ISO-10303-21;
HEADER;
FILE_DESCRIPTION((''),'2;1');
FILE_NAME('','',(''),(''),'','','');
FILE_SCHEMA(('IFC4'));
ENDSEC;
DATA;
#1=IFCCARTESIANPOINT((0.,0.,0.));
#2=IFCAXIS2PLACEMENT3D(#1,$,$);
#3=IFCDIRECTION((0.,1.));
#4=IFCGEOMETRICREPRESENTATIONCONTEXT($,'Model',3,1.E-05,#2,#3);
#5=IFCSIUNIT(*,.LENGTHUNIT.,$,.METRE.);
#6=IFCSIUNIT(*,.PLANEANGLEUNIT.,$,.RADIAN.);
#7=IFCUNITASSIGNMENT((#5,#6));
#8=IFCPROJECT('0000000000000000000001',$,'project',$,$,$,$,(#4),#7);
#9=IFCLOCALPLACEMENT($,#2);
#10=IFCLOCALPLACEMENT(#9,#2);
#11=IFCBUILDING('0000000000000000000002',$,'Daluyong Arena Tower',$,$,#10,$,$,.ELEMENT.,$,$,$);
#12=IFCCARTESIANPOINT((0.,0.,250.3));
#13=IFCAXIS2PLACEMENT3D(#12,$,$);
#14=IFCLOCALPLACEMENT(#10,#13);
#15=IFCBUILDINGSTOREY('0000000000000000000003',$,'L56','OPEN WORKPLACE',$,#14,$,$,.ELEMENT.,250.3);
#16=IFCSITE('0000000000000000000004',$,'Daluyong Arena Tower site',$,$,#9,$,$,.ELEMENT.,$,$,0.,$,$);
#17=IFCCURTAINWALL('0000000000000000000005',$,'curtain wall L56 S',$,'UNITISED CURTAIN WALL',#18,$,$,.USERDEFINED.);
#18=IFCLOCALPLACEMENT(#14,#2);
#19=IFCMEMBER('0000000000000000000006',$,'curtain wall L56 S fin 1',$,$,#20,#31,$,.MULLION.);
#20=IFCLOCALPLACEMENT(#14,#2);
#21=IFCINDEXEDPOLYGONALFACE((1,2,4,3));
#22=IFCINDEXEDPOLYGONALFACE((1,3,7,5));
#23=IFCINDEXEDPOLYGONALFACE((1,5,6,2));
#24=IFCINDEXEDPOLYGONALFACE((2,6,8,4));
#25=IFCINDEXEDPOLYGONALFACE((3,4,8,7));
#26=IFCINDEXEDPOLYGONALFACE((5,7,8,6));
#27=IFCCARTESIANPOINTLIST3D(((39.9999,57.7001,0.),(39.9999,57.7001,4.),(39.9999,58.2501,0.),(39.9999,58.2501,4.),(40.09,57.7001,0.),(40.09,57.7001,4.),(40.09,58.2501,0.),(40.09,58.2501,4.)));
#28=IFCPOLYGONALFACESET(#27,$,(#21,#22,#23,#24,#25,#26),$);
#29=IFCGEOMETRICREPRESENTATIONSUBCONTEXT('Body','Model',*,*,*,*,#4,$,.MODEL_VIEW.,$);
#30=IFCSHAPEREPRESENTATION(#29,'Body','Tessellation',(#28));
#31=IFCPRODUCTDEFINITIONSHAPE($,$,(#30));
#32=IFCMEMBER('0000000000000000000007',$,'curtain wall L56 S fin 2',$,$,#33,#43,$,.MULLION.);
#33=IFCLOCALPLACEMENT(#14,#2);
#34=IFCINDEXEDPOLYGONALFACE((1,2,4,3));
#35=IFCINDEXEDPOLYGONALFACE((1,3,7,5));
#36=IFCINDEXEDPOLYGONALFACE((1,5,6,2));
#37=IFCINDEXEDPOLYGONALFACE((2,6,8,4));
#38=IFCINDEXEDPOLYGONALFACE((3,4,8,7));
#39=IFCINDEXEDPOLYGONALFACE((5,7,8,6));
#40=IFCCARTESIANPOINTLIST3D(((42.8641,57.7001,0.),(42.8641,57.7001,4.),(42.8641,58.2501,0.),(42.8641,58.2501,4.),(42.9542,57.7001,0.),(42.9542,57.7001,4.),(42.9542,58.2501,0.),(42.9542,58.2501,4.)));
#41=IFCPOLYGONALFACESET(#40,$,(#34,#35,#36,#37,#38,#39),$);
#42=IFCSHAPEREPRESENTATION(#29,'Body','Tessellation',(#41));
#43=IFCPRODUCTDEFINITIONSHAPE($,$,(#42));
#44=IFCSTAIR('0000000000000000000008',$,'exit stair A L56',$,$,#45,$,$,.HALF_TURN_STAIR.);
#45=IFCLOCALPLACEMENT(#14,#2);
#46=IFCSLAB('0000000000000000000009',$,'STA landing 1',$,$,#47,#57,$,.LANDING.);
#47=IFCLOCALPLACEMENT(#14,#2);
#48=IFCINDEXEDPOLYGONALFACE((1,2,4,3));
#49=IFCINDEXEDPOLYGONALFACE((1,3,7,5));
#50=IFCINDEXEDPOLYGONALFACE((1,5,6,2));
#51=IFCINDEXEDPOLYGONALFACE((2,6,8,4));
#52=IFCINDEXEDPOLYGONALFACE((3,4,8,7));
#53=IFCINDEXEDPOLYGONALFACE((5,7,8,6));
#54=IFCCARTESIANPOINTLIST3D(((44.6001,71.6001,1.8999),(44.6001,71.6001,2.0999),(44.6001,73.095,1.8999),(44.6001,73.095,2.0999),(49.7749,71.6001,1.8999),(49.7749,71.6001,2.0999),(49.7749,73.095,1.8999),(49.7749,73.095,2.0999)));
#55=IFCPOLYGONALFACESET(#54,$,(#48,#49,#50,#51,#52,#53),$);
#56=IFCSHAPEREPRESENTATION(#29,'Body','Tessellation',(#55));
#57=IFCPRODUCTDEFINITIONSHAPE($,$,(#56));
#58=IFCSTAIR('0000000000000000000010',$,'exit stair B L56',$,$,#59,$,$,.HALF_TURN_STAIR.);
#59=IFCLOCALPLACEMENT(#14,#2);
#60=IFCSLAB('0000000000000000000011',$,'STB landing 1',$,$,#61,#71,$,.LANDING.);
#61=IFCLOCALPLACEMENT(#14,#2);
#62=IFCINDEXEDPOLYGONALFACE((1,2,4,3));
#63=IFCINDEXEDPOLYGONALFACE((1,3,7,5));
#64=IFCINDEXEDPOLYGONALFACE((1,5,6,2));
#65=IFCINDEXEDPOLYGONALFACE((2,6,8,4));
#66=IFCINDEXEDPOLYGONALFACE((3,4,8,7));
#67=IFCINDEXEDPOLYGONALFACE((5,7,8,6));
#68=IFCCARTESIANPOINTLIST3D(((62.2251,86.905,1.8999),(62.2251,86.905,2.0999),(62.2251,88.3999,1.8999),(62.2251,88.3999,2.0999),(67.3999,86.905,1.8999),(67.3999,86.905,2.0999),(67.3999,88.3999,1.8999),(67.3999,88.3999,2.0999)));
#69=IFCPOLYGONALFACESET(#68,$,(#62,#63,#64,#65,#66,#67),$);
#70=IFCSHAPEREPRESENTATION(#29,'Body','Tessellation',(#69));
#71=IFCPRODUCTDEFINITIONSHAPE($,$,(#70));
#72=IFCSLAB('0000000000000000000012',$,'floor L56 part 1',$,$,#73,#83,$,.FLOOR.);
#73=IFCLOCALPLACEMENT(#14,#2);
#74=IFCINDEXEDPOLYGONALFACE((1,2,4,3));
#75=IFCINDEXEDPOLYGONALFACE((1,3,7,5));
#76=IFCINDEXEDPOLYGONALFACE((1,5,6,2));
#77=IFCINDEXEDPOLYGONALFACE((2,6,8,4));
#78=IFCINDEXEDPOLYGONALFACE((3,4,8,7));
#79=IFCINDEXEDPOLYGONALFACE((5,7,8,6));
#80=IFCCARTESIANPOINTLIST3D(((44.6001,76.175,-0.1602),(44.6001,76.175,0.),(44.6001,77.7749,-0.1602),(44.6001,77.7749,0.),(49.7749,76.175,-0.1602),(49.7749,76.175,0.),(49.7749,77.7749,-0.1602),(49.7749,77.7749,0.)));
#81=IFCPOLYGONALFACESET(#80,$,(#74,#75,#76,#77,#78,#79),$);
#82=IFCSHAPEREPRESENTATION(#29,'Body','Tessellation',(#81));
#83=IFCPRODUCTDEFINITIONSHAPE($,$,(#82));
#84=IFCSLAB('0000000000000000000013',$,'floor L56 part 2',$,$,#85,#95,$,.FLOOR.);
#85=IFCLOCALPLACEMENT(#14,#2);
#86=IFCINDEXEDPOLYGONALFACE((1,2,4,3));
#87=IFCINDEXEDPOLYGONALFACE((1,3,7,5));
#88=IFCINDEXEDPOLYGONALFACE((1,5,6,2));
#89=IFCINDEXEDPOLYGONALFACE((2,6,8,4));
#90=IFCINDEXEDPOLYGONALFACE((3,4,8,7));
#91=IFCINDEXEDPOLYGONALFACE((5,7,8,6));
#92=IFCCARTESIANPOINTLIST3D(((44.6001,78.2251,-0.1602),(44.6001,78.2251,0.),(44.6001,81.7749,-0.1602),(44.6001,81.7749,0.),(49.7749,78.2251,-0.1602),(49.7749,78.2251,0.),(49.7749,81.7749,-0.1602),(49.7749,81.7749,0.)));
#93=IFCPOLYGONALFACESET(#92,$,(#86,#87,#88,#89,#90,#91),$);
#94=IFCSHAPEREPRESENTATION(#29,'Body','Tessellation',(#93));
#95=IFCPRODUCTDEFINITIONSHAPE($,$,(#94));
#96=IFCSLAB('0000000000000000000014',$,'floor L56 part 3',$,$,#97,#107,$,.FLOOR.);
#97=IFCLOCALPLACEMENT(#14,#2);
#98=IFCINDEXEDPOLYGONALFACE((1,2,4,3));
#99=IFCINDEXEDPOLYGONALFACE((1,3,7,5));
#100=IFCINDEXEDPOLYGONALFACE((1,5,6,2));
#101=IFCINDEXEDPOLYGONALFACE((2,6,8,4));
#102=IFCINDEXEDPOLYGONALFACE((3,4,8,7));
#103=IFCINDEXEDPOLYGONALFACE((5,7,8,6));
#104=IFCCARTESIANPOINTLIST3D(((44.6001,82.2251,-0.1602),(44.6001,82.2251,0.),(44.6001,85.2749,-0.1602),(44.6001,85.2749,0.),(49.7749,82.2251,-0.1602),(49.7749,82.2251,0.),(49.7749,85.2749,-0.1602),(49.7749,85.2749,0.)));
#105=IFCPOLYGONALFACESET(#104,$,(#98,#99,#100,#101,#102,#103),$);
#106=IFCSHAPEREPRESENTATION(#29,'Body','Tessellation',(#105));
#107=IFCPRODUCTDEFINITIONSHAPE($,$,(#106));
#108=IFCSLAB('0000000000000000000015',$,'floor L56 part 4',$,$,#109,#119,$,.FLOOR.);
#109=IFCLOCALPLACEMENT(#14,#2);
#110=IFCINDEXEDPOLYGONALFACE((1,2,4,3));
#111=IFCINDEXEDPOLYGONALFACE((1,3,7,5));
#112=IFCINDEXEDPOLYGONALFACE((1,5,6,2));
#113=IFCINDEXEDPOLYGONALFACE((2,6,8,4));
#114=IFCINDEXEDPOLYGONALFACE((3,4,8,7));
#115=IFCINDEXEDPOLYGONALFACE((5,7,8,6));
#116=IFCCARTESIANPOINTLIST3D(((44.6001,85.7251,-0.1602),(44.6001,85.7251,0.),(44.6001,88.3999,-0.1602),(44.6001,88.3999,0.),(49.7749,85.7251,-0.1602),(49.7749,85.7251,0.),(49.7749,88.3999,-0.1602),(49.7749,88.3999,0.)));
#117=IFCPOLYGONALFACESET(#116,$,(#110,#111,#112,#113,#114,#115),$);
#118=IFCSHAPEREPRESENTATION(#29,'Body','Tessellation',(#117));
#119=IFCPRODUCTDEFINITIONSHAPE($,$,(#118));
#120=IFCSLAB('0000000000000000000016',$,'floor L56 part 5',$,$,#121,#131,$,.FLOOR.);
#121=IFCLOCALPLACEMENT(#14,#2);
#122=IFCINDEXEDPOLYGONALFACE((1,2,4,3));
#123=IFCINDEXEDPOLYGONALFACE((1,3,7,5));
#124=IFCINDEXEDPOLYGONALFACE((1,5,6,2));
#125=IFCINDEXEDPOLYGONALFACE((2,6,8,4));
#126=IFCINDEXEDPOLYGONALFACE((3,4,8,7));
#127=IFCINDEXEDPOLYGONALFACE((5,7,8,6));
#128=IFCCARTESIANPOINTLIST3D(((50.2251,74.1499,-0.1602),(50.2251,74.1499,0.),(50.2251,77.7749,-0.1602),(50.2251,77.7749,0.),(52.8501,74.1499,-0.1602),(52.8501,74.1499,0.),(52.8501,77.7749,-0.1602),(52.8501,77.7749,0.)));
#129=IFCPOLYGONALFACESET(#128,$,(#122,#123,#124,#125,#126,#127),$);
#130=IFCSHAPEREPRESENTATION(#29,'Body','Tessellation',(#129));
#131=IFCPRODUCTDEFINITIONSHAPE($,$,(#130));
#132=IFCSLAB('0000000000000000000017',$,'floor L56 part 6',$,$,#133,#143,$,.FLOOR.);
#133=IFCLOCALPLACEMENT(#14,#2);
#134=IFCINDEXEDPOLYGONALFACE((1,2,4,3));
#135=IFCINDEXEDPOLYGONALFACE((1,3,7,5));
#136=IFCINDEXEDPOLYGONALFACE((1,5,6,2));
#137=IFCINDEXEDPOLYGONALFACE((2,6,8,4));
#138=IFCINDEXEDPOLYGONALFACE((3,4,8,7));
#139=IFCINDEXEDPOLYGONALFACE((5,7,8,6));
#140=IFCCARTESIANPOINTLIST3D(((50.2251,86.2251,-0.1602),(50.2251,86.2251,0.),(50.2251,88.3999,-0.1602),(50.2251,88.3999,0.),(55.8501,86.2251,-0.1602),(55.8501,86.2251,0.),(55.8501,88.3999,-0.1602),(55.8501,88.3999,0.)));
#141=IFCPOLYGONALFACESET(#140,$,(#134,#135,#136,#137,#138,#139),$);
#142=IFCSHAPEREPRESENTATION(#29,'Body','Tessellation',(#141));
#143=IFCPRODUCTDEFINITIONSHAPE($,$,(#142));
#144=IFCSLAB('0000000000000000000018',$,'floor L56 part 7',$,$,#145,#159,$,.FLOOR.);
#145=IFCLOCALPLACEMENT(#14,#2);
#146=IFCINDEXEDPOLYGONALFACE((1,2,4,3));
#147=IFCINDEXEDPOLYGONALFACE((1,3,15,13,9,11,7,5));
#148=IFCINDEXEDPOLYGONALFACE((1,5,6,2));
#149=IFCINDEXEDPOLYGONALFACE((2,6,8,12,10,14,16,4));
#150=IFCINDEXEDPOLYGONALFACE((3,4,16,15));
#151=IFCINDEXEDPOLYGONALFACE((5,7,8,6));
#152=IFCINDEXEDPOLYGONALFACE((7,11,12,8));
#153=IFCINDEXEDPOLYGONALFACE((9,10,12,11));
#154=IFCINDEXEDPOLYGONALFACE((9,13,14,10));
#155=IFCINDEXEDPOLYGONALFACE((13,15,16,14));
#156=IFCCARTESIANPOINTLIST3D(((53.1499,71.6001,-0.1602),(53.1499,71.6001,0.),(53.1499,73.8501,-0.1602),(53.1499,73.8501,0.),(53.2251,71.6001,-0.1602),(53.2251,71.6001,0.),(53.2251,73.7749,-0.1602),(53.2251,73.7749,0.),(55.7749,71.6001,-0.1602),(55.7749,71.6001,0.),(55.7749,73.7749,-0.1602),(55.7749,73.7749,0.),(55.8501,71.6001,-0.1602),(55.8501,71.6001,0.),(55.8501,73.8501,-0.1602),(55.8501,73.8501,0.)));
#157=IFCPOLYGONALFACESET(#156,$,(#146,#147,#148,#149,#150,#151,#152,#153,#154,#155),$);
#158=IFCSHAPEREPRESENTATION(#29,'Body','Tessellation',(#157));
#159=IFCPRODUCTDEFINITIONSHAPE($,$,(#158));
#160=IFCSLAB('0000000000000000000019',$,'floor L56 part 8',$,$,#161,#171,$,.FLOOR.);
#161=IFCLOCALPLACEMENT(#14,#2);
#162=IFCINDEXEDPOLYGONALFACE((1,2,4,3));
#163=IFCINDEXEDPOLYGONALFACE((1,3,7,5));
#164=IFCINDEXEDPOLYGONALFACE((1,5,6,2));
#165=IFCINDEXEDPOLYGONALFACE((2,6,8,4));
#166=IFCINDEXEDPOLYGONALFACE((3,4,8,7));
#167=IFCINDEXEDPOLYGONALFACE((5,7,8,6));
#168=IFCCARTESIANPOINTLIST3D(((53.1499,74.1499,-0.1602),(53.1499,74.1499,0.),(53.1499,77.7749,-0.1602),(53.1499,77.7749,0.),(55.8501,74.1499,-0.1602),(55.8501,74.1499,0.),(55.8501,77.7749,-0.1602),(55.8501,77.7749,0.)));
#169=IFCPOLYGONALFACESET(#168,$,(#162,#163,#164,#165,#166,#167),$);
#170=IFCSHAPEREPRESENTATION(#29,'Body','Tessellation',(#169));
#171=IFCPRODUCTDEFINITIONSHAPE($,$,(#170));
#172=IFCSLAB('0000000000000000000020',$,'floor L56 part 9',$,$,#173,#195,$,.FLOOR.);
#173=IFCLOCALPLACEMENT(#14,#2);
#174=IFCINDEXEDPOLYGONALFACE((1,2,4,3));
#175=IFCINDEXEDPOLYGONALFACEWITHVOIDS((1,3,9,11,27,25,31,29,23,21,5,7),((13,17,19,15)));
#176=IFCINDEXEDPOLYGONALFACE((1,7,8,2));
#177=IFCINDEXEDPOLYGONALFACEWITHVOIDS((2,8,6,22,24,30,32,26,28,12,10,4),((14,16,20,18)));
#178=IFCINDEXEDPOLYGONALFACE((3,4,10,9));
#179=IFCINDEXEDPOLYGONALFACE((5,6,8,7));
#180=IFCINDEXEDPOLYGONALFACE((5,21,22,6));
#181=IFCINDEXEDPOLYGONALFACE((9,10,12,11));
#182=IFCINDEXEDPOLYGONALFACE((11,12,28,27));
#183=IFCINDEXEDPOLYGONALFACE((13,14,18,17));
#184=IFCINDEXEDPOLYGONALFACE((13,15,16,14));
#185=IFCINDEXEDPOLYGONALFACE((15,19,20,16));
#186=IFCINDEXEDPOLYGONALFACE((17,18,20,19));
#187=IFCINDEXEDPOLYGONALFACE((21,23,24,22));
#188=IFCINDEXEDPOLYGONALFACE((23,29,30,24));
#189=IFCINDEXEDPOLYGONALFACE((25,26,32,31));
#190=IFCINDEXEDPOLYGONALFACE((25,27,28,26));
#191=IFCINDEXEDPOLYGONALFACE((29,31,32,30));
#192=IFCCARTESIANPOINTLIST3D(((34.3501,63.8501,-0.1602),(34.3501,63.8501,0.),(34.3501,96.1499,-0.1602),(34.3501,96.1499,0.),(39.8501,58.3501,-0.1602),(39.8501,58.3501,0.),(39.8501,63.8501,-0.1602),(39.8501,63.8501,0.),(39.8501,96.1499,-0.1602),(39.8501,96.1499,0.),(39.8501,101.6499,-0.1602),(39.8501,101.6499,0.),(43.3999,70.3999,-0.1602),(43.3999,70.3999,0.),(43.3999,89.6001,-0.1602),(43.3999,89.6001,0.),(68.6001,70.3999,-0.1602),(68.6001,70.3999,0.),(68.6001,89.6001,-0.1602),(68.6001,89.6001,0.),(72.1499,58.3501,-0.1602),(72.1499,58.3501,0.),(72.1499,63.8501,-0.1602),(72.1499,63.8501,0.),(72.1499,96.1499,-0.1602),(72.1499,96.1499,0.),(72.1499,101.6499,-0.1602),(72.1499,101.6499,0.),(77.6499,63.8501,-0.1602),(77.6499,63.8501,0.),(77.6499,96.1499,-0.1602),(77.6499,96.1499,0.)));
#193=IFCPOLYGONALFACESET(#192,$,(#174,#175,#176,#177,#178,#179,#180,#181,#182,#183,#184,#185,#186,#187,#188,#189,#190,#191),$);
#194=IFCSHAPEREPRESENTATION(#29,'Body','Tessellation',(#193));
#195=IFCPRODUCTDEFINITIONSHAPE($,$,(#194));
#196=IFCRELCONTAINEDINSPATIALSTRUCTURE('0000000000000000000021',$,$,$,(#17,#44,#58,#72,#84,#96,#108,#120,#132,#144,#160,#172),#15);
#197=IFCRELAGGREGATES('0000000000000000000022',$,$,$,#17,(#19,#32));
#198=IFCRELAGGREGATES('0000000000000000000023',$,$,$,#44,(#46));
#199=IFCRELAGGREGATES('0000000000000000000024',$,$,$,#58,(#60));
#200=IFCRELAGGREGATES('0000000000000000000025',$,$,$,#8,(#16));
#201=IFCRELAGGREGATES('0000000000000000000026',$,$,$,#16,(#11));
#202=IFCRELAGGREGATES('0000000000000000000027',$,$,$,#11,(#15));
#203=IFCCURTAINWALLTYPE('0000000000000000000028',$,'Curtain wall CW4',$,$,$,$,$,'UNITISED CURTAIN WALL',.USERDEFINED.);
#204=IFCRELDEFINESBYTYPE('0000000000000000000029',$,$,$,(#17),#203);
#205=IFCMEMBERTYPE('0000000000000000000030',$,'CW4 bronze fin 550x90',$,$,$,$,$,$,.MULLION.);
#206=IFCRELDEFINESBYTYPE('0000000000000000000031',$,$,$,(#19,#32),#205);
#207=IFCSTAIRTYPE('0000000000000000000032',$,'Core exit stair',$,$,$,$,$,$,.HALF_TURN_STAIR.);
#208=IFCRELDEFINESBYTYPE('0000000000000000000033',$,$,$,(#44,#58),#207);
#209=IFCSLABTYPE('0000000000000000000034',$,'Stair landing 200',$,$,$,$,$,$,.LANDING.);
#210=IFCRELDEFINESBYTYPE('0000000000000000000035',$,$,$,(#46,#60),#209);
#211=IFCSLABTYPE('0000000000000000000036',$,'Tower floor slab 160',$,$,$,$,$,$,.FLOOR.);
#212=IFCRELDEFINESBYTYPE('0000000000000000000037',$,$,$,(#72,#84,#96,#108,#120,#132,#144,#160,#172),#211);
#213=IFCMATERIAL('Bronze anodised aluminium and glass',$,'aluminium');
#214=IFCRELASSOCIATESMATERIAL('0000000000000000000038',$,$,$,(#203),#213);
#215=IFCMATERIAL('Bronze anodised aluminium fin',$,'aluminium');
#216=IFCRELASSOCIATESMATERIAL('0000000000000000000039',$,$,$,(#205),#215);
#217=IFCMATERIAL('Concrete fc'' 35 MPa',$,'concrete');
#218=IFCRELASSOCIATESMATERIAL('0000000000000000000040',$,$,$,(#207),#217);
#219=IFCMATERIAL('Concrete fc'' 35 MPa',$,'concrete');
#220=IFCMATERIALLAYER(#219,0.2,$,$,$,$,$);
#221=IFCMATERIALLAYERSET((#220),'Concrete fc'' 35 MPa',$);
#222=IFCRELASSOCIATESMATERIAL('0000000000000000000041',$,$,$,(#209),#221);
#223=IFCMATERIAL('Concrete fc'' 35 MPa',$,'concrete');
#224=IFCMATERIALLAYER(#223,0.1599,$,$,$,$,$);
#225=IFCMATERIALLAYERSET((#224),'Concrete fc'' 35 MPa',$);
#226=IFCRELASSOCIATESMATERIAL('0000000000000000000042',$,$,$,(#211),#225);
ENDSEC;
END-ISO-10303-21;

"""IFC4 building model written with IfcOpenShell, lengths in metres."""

from ifc_helpers import new_model, si_unit, direction, frame, origin, origin_2d, place, context, subcontext, project, spatial, polyline, rectangle, outline, extrude, material, layer, layer_set, material_profile, profile_set, type_object, element, aggregate, save


model = new_model("IFC4")

# Units and contexts
model_context = context("Model", 3, precision=1e-05, world=origin(), true_north=direction((0.0, 1.0)))
body_context = subcontext(model_context, "Body", "Model", "MODEL_VIEW")
ifc_project = project(units=[si_unit("LENGTHUNIT", "METRE"), si_unit("PLANEANGLEUNIT", "RADIAN")], contexts=[model_context])

# Site, building, storey
site_placement = place(None, origin())
site = spatial("IfcSite", under=ifc_project, at=site_placement, Name="Daluyong Arena Tower site", CompositionType="ELEMENT", RefElevation=0.0)
building_placement = place(site_placement, origin())
building = spatial("IfcBuilding", under=site, at=building_placement, Name="Daluyong Arena Tower", CompositionType="ELEMENT")
storey_placement = place(building_placement, frame((0.0, 0.0, 250.3)))
storey = spatial("IfcBuildingStorey", under=building, at=storey_placement, Name="L56", Description="OPEN WORKPLACE", CompositionType="ELEMENT", Elevation=250.3)

# Curtain wall, members
ifc_material_1 = material(Name="Bronze anodised aluminium and glass", Category="aluminium")
curtain_wall_type = type_object("IfcCurtainWallType", Name="Curtain wall CW4", ElementType="UNITISED CURTAIN WALL", PredefinedType="USERDEFINED", material=ifc_material_1)
curtain_wall_placement = place(storey_placement, origin())
curtain_wall = element("IfcCurtainWall", 1, at=curtain_wall_placement, inside=storey, type_object=curtain_wall_type, Name="curtain wall L56 S", ObjectType="UNITISED CURTAIN WALL", PredefinedType="USERDEFINED")
ifc_material_2 = material(Name="Bronze anodised aluminium fin", Category="aluminium")
ifc_material_profile = material_profile(ifc_material_2, rectangle(XDim=0.55, YDim=0.0901, at=origin_2d()))
ifc_profile_set = profile_set([ifc_material_profile], Name="Bronze anodised aluminium fin")
member_type = type_object("IfcMemberType", Name="CW4 bronze fin 550x90", PredefinedType="MULLION", material=ifc_profile_set)
member_1_placement = place(storey_placement, frame((40.0449, 57.9751, 0.0), z_axis=(0.0, 0.0, 1.0), x_axis=(0.0, 1.0, 0.0)))
member_1 = element("IfcMember", 2, at=member_1_placement, type_object=member_type, Name="curtain wall L56 S fin 1", PredefinedType="MULLION", context=body_context, shape_type="SweptSolid", body=[
    extrude(rectangle(XDim=0.55, YDim=0.0901, at=origin_2d()), origin(), (0.0, 0.0, 1.0), 4.0),
])
member_2_placement = place(storey_placement, frame((42.9092, 57.9751, 0.0), z_axis=(0.0, 0.0, 1.0), x_axis=(0.0, 1.0, 0.0)))
member_2 = element("IfcMember", 3, at=member_2_placement, type_object=member_type, Name="curtain wall L56 S fin 2", PredefinedType="MULLION", context=body_context, shape_type="SweptSolid", body=[
    extrude(rectangle(XDim=0.55, YDim=0.0901, at=origin_2d()), origin(), (0.0, 0.0, 1.0), 4.0),
])
aggregate(curtain_wall, [member_1, member_2])

# Stairs, slabs
ifc_material_3 = material(Name="Concrete fc' 35 MPa", Category="concrete")
stair_type = type_object("IfcStairType", Name="Core exit stair", PredefinedType="HALF_TURN_STAIR", material=ifc_material_3)
stair_1_placement = place(storey_placement, origin())
stair_1 = element("IfcStair", 4, at=stair_1_placement, inside=storey, type_object=stair_type, Name="exit stair A L56", PredefinedType="HALF_TURN_STAIR")
ifc_material_4 = material(Name="Concrete fc' 35 MPa", Category="concrete")
ifc_layer_1 = layer(ifc_material_4, 0.2)
ifc_layer_set_1 = layer_set([ifc_layer_1], Name="Concrete fc' 35 MPa")
slab_type_1 = type_object("IfcSlabType", Name="Stair landing 200", PredefinedType="LANDING", material=ifc_layer_set_1)
slab_1_placement = place(storey_placement, frame((0.0, 0.0, 1.8999)))
slab_1 = element("IfcSlab", 5, at=slab_1_placement, type_object=slab_type_1, Name="STA landing 1", PredefinedType="LANDING", context=body_context, shape_type="SweptSolid", body=[
    extrude(outline(polyline([(44.6001, 71.6001), (49.7749, 71.6001), (49.7749, 73.095), (44.6001, 73.095), (44.6001, 71.6001)])), origin(), (0.0, 0.0, 1.0), 0.2),
])
aggregate(stair_1, [slab_1])
stair_2_placement = place(storey_placement, origin())
stair_2 = element("IfcStair", 6, at=stair_2_placement, inside=storey, type_object=stair_type, Name="exit stair B L56", PredefinedType="HALF_TURN_STAIR")
slab_2_placement = place(storey_placement, frame((0.0, 0.0, 1.8999)))
slab_2 = element("IfcSlab", 7, at=slab_2_placement, type_object=slab_type_1, Name="STB landing 1", PredefinedType="LANDING", context=body_context, shape_type="SweptSolid", body=[
    extrude(outline(polyline([(62.2251, 86.905), (67.3999, 86.905), (67.3999, 88.3999), (62.2251, 88.3999), (62.2251, 86.905)])), origin(), (0.0, 0.0, 1.0), 0.2),
])
aggregate(stair_2, [slab_2])

# Slabs
ifc_material_5 = material(Name="Concrete fc' 35 MPa", Category="concrete")
ifc_layer_2 = layer(ifc_material_5, 0.1599)
ifc_layer_set_2 = layer_set([ifc_layer_2], Name="Concrete fc' 35 MPa")
slab_type_2 = type_object("IfcSlabType", Name="Tower floor slab 160", PredefinedType="FLOOR", material=ifc_layer_set_2)
slab_3_placement = place(storey_placement, frame((0.0, 0.0, -0.1602)))
element("IfcSlab", 8, at=slab_3_placement, inside=storey, type_object=slab_type_2, Name="floor L56 part 1", PredefinedType="FLOOR", context=body_context, shape_type="SweptSolid", body=[
    extrude(outline(polyline([(49.7749, 77.7749), (44.6001, 77.7749), (44.6001, 76.175), (49.7749, 76.175), (49.7749, 77.7749)])), origin(), (0.0, 0.0, 1.0), 0.1602),
])
slab_4_placement = place(storey_placement, frame((0.0, 0.0, -0.1602)))
element("IfcSlab", 9, at=slab_4_placement, inside=storey, type_object=slab_type_2, Name="floor L56 part 2", PredefinedType="FLOOR", context=body_context, shape_type="SweptSolid", body=[
    extrude(outline(polyline([(49.7749, 78.2251), (49.7749, 81.7749), (44.6001, 81.7749), (44.6001, 78.2251), (49.7749, 78.2251)])), origin(), (0.0, 0.0, 1.0), 0.1602),
])
slab_5_placement = place(storey_placement, frame((0.0, 0.0, -0.1602)))
element("IfcSlab", 10, at=slab_5_placement, inside=storey, type_object=slab_type_2, Name="floor L56 part 3", PredefinedType="FLOOR", context=body_context, shape_type="SweptSolid", body=[
    extrude(outline(polyline([(44.6001, 85.2749), (44.6001, 82.2251), (49.7749, 82.2251), (49.7749, 85.2749), (44.6001, 85.2749)])), origin(), (0.0, 0.0, 1.0), 0.1602),
])
slab_6_placement = place(storey_placement, frame((0.0, 0.0, -0.1602)))
element("IfcSlab", 11, at=slab_6_placement, inside=storey, type_object=slab_type_2, Name="floor L56 part 4", PredefinedType="FLOOR", context=body_context, shape_type="SweptSolid", body=[
    extrude(outline(polyline([(44.6001, 88.3999), (44.6001, 85.7251), (49.7749, 85.7251), (49.7749, 88.3999), (44.6001, 88.3999)])), origin(), (0.0, 0.0, 1.0), 0.1602),
])
slab_7_placement = place(storey_placement, frame((0.0, 0.0, -0.1602)))
element("IfcSlab", 12, at=slab_7_placement, inside=storey, type_object=slab_type_2, Name="floor L56 part 5", PredefinedType="FLOOR", context=body_context, shape_type="SweptSolid", body=[
    extrude(outline(polyline([(52.8501, 74.1499), (52.8501, 77.7749), (50.2251, 77.7749), (50.2251, 74.1499), (52.8501, 74.1499)])), origin(), (0.0, 0.0, 1.0), 0.1602),
])
slab_8_placement = place(storey_placement, frame((0.0, 0.0, -0.1602)))
element("IfcSlab", 13, at=slab_8_placement, inside=storey, type_object=slab_type_2, Name="floor L56 part 6", PredefinedType="FLOOR", context=body_context, shape_type="SweptSolid", body=[
    extrude(outline(polyline([(50.2251, 88.3999), (50.2251, 86.2251), (55.8501, 86.2251), (55.8501, 88.3999), (50.2251, 88.3999)])), origin(), (0.0, 0.0, 1.0), 0.1602),
])
slab_9_placement = place(storey_placement, frame((0.0, 0.0, -0.1602)))
element("IfcSlab", 14, at=slab_9_placement, inside=storey, type_object=slab_type_2, Name="floor L56 part 7", PredefinedType="FLOOR", context=body_context, shape_type="SweptSolid", body=[
    extrude(outline(polyline([(53.2251, 71.6001), (53.2251, 73.7749), (55.7749, 73.7749), (55.7749, 71.6001), (55.8501, 71.6001), (55.8501, 73.8501), (53.1499, 73.8501), (53.1499, 71.6001), (53.2251, 71.6001)])), origin(), (0.0, 0.0, 1.0), 0.1602),
])
slab_10_placement = place(storey_placement, frame((0.0, 0.0, -0.1602)))
element("IfcSlab", 15, at=slab_10_placement, inside=storey, type_object=slab_type_2, Name="floor L56 part 8", PredefinedType="FLOOR", context=body_context, shape_type="SweptSolid", body=[
    extrude(outline(polyline([(53.1499, 74.1499), (55.8501, 74.1499), (55.8501, 77.7749), (53.1499, 77.7749), (53.1499, 74.1499)])), origin(), (0.0, 0.0, 1.0), 0.1602),
])
slab_11_placement = place(storey_placement, frame((0.0, 0.0, -0.1602)))
element("IfcSlab", 16, at=slab_11_placement, inside=storey, type_object=slab_type_2, Name="floor L56 part 9", PredefinedType="FLOOR", context=body_context, shape_type="SweptSolid", body=[
    extrude(outline(polyline([(34.3501, 63.8501), (39.8501, 63.8501), (39.8501, 58.3501), (72.1499, 58.3501), (72.1499, 63.8501), (77.6499, 63.8501), (77.6499, 96.1499), (72.1499, 96.1499), (72.1499, 101.6499), (39.8501, 101.6499), (39.8501, 96.1499), (34.3501, 96.1499), (34.3501, 63.8501)]), holes=[polyline([(68.6001, 89.6001), (68.6001, 70.3999), (43.3999, 70.3999), (43.3999, 89.6001), (68.6001, 89.6001)])]), origin(), (0.0, 0.0, 1.0), 0.1602),
])

save(model, "model.ifc")
